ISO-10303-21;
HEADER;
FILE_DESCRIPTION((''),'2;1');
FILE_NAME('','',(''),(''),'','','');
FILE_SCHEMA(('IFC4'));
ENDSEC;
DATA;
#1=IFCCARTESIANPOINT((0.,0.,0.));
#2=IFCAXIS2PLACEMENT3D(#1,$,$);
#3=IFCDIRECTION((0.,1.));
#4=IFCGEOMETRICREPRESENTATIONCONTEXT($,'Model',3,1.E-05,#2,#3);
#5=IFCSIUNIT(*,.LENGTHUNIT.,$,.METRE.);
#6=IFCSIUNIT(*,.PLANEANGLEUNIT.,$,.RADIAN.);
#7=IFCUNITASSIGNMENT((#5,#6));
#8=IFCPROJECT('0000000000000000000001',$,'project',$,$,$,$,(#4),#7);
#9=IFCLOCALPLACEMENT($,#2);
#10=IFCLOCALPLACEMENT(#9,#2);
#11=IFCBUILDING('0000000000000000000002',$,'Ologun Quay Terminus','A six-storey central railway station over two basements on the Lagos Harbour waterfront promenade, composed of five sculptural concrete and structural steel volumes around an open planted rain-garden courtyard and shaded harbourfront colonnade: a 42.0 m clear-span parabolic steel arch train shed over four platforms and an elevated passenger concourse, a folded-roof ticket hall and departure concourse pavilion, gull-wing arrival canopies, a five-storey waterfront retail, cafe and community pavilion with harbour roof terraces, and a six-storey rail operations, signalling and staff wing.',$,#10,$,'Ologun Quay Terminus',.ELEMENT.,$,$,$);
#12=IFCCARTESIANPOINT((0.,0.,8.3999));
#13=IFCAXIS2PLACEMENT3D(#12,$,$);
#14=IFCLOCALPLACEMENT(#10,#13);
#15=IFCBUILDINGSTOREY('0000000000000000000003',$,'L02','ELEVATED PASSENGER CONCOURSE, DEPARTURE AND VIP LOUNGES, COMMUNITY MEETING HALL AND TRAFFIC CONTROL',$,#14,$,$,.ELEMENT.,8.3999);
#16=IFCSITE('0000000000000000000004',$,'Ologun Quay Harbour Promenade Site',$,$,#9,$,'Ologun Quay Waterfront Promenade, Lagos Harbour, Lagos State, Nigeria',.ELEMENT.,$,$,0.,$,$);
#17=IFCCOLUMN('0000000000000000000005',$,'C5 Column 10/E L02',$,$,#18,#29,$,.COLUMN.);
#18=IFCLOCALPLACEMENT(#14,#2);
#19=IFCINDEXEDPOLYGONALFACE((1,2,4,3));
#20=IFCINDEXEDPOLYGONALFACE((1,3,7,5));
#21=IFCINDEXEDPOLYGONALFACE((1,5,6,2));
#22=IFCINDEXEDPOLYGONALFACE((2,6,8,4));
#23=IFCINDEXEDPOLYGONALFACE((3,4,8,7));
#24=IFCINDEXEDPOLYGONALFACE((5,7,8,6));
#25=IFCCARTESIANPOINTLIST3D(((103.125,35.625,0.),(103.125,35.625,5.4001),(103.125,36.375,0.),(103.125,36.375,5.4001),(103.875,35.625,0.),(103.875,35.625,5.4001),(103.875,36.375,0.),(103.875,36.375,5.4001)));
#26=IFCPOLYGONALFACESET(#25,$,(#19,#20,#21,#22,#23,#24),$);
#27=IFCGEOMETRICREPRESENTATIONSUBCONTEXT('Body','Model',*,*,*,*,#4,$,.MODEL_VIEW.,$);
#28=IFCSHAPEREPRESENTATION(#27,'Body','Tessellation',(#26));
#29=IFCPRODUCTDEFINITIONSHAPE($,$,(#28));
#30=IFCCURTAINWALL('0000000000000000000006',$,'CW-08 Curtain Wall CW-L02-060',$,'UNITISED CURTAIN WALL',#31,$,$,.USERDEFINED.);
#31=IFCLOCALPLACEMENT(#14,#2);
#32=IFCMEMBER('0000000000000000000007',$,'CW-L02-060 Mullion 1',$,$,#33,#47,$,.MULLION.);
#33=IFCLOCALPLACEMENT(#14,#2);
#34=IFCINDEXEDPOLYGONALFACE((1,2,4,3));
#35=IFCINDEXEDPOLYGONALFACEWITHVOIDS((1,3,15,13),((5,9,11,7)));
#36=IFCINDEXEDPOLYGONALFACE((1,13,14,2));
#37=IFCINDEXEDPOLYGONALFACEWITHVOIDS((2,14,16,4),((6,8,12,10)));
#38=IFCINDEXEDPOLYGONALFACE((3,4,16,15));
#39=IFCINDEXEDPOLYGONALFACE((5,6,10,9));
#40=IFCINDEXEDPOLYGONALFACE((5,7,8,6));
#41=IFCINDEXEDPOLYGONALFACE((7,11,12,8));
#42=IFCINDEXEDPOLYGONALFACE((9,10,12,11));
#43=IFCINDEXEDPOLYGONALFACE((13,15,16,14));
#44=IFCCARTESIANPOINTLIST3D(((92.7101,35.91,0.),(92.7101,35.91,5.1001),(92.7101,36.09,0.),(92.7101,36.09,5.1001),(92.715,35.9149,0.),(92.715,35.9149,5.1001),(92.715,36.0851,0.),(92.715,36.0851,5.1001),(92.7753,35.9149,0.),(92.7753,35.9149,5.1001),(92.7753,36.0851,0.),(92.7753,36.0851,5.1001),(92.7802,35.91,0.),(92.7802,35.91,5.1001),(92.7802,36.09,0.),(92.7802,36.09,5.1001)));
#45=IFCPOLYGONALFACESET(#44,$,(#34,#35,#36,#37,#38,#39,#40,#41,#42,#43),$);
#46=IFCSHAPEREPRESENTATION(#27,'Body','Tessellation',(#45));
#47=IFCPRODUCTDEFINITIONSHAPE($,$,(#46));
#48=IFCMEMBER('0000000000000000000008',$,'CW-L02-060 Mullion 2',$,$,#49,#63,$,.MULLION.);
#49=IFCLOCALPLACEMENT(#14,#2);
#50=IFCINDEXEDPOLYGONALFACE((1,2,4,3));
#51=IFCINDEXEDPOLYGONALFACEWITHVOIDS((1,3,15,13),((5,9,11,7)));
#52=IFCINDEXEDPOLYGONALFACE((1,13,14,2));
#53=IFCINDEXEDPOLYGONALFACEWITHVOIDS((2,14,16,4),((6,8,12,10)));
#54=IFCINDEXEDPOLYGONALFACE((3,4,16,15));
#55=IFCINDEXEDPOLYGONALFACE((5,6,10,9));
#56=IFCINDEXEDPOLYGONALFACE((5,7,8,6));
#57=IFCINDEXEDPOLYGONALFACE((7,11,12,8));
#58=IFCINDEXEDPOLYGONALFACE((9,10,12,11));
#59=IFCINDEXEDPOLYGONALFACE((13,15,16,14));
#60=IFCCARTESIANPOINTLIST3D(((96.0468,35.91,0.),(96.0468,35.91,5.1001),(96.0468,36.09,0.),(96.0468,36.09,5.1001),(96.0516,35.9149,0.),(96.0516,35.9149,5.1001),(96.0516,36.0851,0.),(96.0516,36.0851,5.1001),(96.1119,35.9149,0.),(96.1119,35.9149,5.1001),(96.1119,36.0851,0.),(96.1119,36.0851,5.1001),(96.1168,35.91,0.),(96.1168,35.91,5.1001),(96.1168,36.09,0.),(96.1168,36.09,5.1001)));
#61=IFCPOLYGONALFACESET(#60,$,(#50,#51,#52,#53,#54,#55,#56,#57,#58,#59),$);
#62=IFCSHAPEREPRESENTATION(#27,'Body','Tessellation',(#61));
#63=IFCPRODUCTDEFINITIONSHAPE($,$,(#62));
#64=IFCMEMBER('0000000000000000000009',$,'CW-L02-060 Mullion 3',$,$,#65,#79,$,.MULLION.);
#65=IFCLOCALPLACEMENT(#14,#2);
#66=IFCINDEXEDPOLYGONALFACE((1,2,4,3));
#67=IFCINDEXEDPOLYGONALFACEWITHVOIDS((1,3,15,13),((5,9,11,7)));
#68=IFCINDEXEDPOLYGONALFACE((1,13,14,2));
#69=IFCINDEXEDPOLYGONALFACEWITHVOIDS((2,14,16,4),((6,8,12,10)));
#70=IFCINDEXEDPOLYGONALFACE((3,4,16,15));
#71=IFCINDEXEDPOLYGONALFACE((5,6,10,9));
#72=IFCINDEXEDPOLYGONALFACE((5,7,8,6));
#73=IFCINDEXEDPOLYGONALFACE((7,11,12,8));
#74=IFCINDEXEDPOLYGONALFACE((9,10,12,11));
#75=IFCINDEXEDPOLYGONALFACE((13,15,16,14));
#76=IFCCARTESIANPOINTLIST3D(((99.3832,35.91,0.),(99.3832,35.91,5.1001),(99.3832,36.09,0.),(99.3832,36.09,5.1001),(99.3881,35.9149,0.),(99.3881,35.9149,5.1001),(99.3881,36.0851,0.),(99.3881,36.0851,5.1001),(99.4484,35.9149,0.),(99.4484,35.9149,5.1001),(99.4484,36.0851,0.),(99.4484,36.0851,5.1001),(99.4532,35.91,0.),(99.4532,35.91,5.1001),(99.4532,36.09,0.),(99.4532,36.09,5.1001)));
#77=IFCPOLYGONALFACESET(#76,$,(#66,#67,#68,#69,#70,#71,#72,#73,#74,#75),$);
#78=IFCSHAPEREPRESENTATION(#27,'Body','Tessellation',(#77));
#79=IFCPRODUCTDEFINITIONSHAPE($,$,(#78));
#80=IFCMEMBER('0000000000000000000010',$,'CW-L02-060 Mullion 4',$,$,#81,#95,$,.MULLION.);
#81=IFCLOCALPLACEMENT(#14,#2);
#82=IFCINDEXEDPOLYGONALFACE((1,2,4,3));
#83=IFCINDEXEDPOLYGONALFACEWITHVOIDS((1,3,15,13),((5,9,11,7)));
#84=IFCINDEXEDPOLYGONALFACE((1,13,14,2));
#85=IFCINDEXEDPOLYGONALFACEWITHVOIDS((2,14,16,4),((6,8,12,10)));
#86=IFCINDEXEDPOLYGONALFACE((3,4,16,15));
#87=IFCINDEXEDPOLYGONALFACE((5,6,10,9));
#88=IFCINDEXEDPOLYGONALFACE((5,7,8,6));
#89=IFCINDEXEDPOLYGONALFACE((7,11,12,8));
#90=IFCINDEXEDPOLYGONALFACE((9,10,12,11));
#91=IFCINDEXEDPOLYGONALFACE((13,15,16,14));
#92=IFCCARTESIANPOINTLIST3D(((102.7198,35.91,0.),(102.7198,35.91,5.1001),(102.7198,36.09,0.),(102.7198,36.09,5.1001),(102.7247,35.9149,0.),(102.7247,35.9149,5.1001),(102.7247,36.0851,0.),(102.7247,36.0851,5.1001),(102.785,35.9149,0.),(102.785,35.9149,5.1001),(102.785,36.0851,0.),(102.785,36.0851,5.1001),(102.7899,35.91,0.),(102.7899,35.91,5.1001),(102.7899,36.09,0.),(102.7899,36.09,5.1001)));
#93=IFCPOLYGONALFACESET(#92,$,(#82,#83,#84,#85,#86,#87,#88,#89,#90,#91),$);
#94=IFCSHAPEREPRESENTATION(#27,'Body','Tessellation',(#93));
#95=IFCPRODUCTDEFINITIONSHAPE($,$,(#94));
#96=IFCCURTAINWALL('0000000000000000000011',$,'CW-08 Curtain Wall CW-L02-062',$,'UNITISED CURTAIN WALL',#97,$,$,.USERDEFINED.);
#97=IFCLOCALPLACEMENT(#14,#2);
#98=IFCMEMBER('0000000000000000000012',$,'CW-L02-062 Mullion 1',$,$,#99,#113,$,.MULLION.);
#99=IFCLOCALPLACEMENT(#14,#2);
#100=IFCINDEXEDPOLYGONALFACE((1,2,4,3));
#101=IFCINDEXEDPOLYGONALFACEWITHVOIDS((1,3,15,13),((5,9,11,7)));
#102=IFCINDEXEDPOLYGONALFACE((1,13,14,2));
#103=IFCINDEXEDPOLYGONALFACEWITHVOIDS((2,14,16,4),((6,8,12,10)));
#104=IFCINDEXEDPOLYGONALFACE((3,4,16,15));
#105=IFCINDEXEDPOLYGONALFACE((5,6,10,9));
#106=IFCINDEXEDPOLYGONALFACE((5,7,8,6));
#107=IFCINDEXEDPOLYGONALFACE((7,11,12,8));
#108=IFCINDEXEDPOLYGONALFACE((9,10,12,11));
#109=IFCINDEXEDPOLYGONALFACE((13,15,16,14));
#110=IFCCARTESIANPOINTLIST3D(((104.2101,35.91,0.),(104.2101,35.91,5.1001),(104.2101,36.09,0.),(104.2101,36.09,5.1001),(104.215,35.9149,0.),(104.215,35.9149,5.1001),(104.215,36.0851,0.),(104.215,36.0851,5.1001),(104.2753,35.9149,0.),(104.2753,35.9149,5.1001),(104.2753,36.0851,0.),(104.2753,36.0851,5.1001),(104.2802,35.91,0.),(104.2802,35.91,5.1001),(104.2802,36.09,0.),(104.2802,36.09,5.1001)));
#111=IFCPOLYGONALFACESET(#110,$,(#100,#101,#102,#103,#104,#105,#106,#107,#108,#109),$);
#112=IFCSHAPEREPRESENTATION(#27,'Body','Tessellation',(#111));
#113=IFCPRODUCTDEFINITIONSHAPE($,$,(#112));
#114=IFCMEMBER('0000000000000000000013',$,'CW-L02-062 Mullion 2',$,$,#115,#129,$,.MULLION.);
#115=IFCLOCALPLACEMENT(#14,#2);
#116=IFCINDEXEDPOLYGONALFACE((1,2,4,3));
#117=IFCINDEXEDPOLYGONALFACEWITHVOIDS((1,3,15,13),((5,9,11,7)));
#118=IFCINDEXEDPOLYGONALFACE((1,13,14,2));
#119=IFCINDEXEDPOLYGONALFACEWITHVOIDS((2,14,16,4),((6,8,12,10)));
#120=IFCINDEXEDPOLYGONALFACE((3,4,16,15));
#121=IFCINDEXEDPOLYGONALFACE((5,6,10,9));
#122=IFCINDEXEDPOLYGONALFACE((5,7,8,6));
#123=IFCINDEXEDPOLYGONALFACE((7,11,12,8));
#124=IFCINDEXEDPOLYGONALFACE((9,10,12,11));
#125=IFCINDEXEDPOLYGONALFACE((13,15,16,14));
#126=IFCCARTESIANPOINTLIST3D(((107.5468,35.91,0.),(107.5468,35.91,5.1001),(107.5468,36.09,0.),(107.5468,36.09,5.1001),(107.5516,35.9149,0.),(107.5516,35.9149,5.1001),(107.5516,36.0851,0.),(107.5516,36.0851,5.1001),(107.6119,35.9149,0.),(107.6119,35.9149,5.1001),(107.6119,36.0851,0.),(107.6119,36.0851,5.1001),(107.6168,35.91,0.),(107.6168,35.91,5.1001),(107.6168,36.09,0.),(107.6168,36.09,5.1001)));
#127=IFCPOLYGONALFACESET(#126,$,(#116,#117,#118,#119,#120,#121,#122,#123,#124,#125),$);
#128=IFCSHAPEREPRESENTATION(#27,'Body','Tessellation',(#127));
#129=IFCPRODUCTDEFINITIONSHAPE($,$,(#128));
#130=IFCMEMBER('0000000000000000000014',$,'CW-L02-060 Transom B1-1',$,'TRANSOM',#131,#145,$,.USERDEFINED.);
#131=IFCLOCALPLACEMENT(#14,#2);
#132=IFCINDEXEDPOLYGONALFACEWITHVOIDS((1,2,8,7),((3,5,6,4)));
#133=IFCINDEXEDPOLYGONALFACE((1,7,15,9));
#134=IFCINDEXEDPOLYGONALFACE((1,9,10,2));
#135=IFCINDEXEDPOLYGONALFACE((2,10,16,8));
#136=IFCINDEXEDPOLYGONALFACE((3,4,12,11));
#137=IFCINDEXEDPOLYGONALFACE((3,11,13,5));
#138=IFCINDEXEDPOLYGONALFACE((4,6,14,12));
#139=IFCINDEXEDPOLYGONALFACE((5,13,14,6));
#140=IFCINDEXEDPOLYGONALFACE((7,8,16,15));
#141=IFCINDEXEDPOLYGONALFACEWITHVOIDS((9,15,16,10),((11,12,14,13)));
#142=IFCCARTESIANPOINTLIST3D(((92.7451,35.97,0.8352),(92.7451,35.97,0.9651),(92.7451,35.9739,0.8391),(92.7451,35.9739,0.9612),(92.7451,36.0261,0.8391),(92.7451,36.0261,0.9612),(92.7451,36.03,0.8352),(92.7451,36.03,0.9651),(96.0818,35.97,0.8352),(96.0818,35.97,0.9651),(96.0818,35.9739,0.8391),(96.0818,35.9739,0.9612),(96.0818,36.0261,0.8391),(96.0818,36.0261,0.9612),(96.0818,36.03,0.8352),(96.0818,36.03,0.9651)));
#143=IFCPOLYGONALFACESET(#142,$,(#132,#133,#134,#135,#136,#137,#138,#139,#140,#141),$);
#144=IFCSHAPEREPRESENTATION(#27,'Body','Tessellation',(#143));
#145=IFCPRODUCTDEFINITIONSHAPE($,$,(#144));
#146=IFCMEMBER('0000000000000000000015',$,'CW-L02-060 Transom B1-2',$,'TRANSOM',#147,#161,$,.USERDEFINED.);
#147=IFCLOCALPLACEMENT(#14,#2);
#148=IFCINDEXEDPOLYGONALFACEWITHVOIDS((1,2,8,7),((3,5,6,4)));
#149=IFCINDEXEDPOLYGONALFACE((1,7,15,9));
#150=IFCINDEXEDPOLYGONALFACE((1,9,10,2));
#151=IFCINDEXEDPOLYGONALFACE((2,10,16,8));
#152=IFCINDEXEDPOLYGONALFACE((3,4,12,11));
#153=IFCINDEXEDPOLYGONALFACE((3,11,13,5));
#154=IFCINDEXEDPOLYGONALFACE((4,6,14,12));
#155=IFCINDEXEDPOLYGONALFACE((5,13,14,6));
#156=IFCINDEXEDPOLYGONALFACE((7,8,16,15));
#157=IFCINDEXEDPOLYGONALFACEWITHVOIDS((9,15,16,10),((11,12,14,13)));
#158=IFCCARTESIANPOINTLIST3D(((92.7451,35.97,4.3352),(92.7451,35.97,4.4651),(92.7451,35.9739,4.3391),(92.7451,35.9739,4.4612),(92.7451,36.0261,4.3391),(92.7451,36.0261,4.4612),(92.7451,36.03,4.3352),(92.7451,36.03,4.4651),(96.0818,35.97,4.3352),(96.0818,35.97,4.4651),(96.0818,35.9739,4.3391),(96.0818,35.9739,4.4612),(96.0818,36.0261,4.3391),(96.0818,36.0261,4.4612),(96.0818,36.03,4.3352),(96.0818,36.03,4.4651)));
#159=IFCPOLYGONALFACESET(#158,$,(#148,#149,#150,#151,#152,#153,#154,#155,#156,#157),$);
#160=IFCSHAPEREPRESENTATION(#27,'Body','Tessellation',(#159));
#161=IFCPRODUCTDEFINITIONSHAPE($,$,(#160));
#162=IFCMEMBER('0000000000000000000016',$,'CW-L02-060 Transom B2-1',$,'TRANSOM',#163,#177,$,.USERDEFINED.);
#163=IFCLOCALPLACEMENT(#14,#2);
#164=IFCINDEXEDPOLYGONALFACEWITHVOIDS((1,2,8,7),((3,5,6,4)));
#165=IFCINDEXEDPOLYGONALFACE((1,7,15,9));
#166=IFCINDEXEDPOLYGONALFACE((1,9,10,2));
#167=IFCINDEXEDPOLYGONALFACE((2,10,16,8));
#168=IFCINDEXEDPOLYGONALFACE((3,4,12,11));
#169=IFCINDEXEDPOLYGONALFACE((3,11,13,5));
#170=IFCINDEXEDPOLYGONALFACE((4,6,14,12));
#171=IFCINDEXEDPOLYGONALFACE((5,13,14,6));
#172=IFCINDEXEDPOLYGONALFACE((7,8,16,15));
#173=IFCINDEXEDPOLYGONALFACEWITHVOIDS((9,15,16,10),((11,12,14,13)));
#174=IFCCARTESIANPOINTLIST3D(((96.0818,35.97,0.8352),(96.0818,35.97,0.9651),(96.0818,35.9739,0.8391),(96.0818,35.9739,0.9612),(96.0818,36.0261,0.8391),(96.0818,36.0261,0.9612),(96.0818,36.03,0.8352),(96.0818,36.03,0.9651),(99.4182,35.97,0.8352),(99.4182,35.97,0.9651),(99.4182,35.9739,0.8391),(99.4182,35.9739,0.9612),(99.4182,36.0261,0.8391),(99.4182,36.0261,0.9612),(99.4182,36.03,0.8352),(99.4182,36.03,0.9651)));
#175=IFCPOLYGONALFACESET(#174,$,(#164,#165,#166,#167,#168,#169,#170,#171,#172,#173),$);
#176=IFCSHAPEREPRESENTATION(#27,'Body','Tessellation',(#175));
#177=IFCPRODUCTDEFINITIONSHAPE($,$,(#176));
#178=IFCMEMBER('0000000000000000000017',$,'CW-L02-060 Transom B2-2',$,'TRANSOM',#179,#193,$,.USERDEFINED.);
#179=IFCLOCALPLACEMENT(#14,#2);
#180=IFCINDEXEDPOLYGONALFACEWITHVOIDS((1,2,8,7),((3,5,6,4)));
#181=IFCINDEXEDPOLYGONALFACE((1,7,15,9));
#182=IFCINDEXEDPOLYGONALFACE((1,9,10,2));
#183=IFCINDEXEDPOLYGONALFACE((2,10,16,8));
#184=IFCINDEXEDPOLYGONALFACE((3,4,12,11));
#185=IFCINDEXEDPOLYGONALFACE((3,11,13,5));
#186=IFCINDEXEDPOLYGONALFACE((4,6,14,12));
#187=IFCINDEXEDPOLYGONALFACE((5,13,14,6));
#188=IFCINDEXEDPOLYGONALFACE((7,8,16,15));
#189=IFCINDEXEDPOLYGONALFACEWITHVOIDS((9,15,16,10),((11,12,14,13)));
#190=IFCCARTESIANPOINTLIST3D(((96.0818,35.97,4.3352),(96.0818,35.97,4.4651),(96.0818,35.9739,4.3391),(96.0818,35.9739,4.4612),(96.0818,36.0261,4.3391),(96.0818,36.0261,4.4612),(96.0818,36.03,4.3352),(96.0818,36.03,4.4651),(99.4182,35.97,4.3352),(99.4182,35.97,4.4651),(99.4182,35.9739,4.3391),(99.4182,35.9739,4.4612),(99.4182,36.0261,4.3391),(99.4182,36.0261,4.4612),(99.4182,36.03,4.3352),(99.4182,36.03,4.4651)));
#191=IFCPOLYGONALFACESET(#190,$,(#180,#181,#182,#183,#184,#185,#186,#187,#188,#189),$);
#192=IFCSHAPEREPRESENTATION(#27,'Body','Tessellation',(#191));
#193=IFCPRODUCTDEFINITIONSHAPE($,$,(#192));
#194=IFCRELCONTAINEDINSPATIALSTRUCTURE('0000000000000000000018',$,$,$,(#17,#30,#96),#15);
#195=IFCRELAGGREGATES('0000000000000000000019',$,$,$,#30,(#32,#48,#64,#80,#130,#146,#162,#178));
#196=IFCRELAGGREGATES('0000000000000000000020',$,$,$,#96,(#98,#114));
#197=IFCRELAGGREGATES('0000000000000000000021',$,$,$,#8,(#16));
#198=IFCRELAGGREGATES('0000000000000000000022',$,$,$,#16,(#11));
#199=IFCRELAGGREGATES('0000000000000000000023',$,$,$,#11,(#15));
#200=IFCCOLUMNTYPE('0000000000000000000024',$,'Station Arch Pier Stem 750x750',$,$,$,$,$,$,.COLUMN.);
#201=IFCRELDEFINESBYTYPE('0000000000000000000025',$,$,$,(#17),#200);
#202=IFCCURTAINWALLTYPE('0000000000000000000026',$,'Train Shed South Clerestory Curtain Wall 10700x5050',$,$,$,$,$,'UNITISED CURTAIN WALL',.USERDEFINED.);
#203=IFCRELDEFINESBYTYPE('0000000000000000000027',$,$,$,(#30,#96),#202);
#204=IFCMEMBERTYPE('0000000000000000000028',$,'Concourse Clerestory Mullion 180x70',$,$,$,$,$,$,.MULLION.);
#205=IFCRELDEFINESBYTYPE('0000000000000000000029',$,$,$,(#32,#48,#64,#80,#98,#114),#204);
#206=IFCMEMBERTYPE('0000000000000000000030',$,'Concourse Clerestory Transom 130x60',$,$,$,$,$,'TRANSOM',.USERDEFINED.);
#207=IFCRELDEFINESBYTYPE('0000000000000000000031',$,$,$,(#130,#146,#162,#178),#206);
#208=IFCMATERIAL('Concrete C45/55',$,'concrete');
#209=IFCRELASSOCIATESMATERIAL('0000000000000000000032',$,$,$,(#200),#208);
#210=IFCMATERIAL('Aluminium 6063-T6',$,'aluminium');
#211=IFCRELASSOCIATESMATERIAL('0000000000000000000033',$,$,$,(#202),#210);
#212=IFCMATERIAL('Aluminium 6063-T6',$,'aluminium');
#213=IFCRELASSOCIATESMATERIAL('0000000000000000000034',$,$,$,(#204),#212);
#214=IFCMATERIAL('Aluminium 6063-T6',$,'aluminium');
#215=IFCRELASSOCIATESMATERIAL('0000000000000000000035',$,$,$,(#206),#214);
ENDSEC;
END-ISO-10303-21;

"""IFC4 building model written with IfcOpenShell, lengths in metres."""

from ifc_helpers import new_model, si_unit, direction, frame, origin, origin_2d, place, context, subcontext, project, spatial, rectangle, hollow_rectangle, extrude, material, material_profile, profile_set, type_object, element, aggregate, save


model = new_model("IFC4")

# Units and contexts
model_context = context("Model", 3, precision=1e-05, world=origin(), true_north=direction((0.0, 1.0)))
body_context = subcontext(model_context, "Body", "Model", "MODEL_VIEW")
ifc_project = project(units=[si_unit("LENGTHUNIT", "METRE"), si_unit("PLANEANGLEUNIT", "RADIAN")], contexts=[model_context])

# Site, building, storey
site_placement = place(None, origin())
site = spatial("IfcSite", under=ifc_project, at=site_placement, Name="Ologun Quay Harbour Promenade Site", LongName="Ologun Quay Waterfront Promenade, Lagos Harbour, Lagos State, Nigeria", CompositionType="ELEMENT", RefElevation=0.0)
building_placement = place(site_placement, origin())
building = spatial("IfcBuilding", under=site, at=building_placement, Name="Ologun Quay Terminus", Description="A six-storey central railway station over two basements on the Lagos Harbour waterfront promenade, composed of five sculptural concrete and structural steel volumes around an open planted rain-garden courtyard and shaded harbourfront colonnade: a 42.0 m clear-span parabolic steel arch train shed over four platforms and an elevated passenger concourse, a folded-roof ticket hall and departure concourse pavilion, gull-wing arrival canopies, a five-storey waterfront retail, cafe and community pavilion with harbour roof terraces, and a six-storey rail operations, signalling and staff wing.", LongName="Ologun Quay Terminus", CompositionType="ELEMENT")
storey_placement = place(building_placement, frame((0.0, 0.0, 8.3999)))
storey = spatial("IfcBuildingStorey", under=building, at=storey_placement, Name="L02", Description="ELEVATED PASSENGER CONCOURSE, DEPARTURE AND VIP LOUNGES, COMMUNITY MEETING HALL AND TRAFFIC CONTROL", CompositionType="ELEMENT", Elevation=8.3999)

# Column
ifc_material_1 = material(Name="Concrete C45/55", Category="concrete")
ifc_material_profile_1 = material_profile(ifc_material_1, rectangle(XDim=0.75, YDim=0.75, at=origin_2d()), Name="RC 750x750")
ifc_profile_set_1 = profile_set([ifc_material_profile_1], Name="Concrete C45/55")
column_type = type_object("IfcColumnType", Name="Station Arch Pier Stem 750x750", PredefinedType="COLUMN", material=ifc_profile_set_1)
column_placement = place(storey_placement, frame((103.5, 36.0, 0.0), z_axis=(0.0, 0.0, 1.0), x_axis=(1.0, 0.0, 0.0)))
element("IfcColumn", 1, at=column_placement, inside=storey, type_object=column_type, Name="C5 Column 10/E L02", PredefinedType="COLUMN", context=body_context, shape_type="SweptSolid", body=[
    extrude(rectangle(XDim=0.75, YDim=0.75, at=origin_2d()), origin(), (0.0, 0.0, 1.0), 5.4001),
])

# Curtain walls, members
ifc_material_2 = material(Name="Aluminium 6063-T6", Category="aluminium")
curtain_wall_type = type_object("IfcCurtainWallType", Name="Train Shed South Clerestory Curtain Wall 10700x5050", ElementType="UNITISED CURTAIN WALL", PredefinedType="USERDEFINED", material=ifc_material_2)
curtain_wall_1_placement = place(storey_placement, origin())
curtain_wall_1 = element("IfcCurtainWall", 2, at=curtain_wall_1_placement, inside=storey, type_object=curtain_wall_type, Name="CW-08 Curtain Wall CW-L02-060", ObjectType="UNITISED CURTAIN WALL", PredefinedType="USERDEFINED")
ifc_material_3 = material(Name="Aluminium 6063-T6", Category="aluminium")
ifc_material_profile_2 = material_profile(ifc_material_3, hollow_rectangle(XDim=0.0701, YDim=0.1799, WallThickness=0.0049, at=origin_2d()), Name="ALU 180x70x5")
ifc_profile_set_2 = profile_set([ifc_material_profile_2], Name="Aluminium 6063-T6")
member_type_1 = type_object("IfcMemberType", Name="Concourse Clerestory Mullion 180x70", PredefinedType="MULLION", material=ifc_profile_set_2)
member_1_placement = place(storey_placement, frame((92.7451, 36.0, 0.0), z_axis=(0.0, 0.0, 1.0), x_axis=(1.0, 0.0, 0.0)))
member_1 = element("IfcMember", 3, at=member_1_placement, type_object=member_type_1, Name="CW-L02-060 Mullion 1", PredefinedType="MULLION", context=body_context, shape_type="SweptSolid", body=[
    extrude(hollow_rectangle(XDim=0.0701, YDim=0.1799, WallThickness=0.0049, at=origin_2d()), origin(), (0.0, 0.0, 1.0), 5.1001),
])
member_2_placement = place(storey_placement, frame((96.0818, 36.0, 0.0), z_axis=(0.0, 0.0, 1.0), x_axis=(1.0, 0.0, 0.0)))
member_2 = element("IfcMember", 4, at=member_2_placement, type_object=member_type_1, Name="CW-L02-060 Mullion 2", PredefinedType="MULLION", context=body_context, shape_type="SweptSolid", body=[
    extrude(hollow_rectangle(XDim=0.0701, YDim=0.1799, WallThickness=0.0049, at=origin_2d()), origin(), (0.0, 0.0, 1.0), 5.1001),
])
member_3_placement = place(storey_placement, frame((99.4182, 36.0, 0.0), z_axis=(0.0, 0.0, 1.0), x_axis=(1.0, 0.0, 0.0)))
member_3 = element("IfcMember", 5, at=member_3_placement, type_object=member_type_1, Name="CW-L02-060 Mullion 3", PredefinedType="MULLION", context=body_context, shape_type="SweptSolid", body=[
    extrude(hollow_rectangle(XDim=0.0701, YDim=0.1799, WallThickness=0.0049, at=origin_2d()), origin(), (0.0, 0.0, 1.0), 5.1001),
])
member_4_placement = place(storey_placement, frame((102.7549, 36.0, 0.0), z_axis=(0.0, 0.0, 1.0), x_axis=(1.0, 0.0, 0.0)))
member_4 = element("IfcMember", 6, at=member_4_placement, type_object=member_type_1, Name="CW-L02-060 Mullion 4", PredefinedType="MULLION", context=body_context, shape_type="SweptSolid", body=[
    extrude(hollow_rectangle(XDim=0.0701, YDim=0.1799, WallThickness=0.0049, at=origin_2d()), origin(), (0.0, 0.0, 1.0), 5.1001),
])
curtain_wall_2_placement = place(storey_placement, origin())
curtain_wall_2 = element("IfcCurtainWall", 7, at=curtain_wall_2_placement, inside=storey, type_object=curtain_wall_type, Name="CW-08 Curtain Wall CW-L02-062", ObjectType="UNITISED CURTAIN WALL", PredefinedType="USERDEFINED")
member_5_placement = place(storey_placement, frame((104.2451, 36.0, 0.0), z_axis=(0.0, 0.0, 1.0), x_axis=(1.0, 0.0, 0.0)))
member_5 = element("IfcMember", 8, at=member_5_placement, type_object=member_type_1, Name="CW-L02-062 Mullion 1", PredefinedType="MULLION", context=body_context, shape_type="SweptSolid", body=[
    extrude(hollow_rectangle(XDim=0.0701, YDim=0.1799, WallThickness=0.0049, at=origin_2d()), origin(), (0.0, 0.0, 1.0), 5.1001),
])
member_6_placement = place(storey_placement, frame((107.5818, 36.0, 0.0), z_axis=(0.0, 0.0, 1.0), x_axis=(1.0, 0.0, 0.0)))
member_6 = element("IfcMember", 9, at=member_6_placement, type_object=member_type_1, Name="CW-L02-062 Mullion 2", PredefinedType="MULLION", context=body_context, shape_type="SweptSolid", body=[
    extrude(hollow_rectangle(XDim=0.0701, YDim=0.1799, WallThickness=0.0049, at=origin_2d()), origin(), (0.0, 0.0, 1.0), 5.1001),
])

# Members
ifc_material_4 = material(Name="Aluminium 6063-T6", Category="aluminium")
ifc_material_profile_3 = material_profile(ifc_material_4, hollow_rectangle(XDim=0.0601, YDim=0.1299, WallThickness=0.0039, at=origin_2d()), Name="ALU 130x60x4")
ifc_profile_set_3 = profile_set([ifc_material_profile_3], Name="Aluminium 6063-T6")
member_type_2 = type_object("IfcMemberType", Name="Concourse Clerestory Transom 130x60", ElementType="TRANSOM", PredefinedType="USERDEFINED", material=ifc_profile_set_3)
member_7_placement = place(storey_placement, frame((92.7451, 36.0, 0.9001), z_axis=(1.0, 0.0, 0.0), x_axis=(0.0, 1.0, 0.0)))
member_7 = element("IfcMember", 10, at=member_7_placement, type_object=member_type_2, Name="CW-L02-060 Transom B1-1", ObjectType="TRANSOM", PredefinedType="USERDEFINED", context=body_context, shape_type="SweptSolid", body=[
    extrude(hollow_rectangle(XDim=0.0601, YDim=0.1299, WallThickness=0.0039, at=origin_2d()), origin(), (0.0, 0.0, 1.0), 3.3367),
])
member_8_placement = place(storey_placement, frame((92.7451, 36.0, 4.4001), z_axis=(1.0, 0.0, 0.0), x_axis=(0.0, 1.0, 0.0)))
member_8 = element("IfcMember", 11, at=member_8_placement, type_object=member_type_2, Name="CW-L02-060 Transom B1-2", ObjectType="TRANSOM", PredefinedType="USERDEFINED", context=body_context, shape_type="SweptSolid", body=[
    extrude(hollow_rectangle(XDim=0.0601, YDim=0.1299, WallThickness=0.0039, at=origin_2d()), origin(), (0.0, 0.0, 1.0), 3.3367),
])
member_9_placement = place(storey_placement, frame((96.0818, 36.0, 0.9001), z_axis=(1.0, 0.0, 0.0), x_axis=(0.0, 1.0, 0.0)))
member_9 = element("IfcMember", 12, at=member_9_placement, type_object=member_type_2, Name="CW-L02-060 Transom B2-1", ObjectType="TRANSOM", PredefinedType="USERDEFINED", context=body_context, shape_type="SweptSolid", body=[
    extrude(hollow_rectangle(XDim=0.0601, YDim=0.1299, WallThickness=0.0039, at=origin_2d()), origin(), (0.0, 0.0, 1.0), 3.3364),
])
member_10_placement = place(storey_placement, frame((96.0818, 36.0, 4.4001), z_axis=(1.0, 0.0, 0.0), x_axis=(0.0, 1.0, 0.0)))
member_10 = element("IfcMember", 13, at=member_10_placement, type_object=member_type_2, Name="CW-L02-060 Transom B2-2", ObjectType="TRANSOM", PredefinedType="USERDEFINED", context=body_context, shape_type="SweptSolid", body=[
    extrude(hollow_rectangle(XDim=0.0601, YDim=0.1299, WallThickness=0.0039, at=origin_2d()), origin(), (0.0, 0.0, 1.0), 3.3364),
])

aggregate(curtain_wall_1, [member_1, member_2, member_3, member_4, member_7, member_8, member_9, member_10])
aggregate(curtain_wall_2, [member_5, member_6])

save(model, "model.ifc")
